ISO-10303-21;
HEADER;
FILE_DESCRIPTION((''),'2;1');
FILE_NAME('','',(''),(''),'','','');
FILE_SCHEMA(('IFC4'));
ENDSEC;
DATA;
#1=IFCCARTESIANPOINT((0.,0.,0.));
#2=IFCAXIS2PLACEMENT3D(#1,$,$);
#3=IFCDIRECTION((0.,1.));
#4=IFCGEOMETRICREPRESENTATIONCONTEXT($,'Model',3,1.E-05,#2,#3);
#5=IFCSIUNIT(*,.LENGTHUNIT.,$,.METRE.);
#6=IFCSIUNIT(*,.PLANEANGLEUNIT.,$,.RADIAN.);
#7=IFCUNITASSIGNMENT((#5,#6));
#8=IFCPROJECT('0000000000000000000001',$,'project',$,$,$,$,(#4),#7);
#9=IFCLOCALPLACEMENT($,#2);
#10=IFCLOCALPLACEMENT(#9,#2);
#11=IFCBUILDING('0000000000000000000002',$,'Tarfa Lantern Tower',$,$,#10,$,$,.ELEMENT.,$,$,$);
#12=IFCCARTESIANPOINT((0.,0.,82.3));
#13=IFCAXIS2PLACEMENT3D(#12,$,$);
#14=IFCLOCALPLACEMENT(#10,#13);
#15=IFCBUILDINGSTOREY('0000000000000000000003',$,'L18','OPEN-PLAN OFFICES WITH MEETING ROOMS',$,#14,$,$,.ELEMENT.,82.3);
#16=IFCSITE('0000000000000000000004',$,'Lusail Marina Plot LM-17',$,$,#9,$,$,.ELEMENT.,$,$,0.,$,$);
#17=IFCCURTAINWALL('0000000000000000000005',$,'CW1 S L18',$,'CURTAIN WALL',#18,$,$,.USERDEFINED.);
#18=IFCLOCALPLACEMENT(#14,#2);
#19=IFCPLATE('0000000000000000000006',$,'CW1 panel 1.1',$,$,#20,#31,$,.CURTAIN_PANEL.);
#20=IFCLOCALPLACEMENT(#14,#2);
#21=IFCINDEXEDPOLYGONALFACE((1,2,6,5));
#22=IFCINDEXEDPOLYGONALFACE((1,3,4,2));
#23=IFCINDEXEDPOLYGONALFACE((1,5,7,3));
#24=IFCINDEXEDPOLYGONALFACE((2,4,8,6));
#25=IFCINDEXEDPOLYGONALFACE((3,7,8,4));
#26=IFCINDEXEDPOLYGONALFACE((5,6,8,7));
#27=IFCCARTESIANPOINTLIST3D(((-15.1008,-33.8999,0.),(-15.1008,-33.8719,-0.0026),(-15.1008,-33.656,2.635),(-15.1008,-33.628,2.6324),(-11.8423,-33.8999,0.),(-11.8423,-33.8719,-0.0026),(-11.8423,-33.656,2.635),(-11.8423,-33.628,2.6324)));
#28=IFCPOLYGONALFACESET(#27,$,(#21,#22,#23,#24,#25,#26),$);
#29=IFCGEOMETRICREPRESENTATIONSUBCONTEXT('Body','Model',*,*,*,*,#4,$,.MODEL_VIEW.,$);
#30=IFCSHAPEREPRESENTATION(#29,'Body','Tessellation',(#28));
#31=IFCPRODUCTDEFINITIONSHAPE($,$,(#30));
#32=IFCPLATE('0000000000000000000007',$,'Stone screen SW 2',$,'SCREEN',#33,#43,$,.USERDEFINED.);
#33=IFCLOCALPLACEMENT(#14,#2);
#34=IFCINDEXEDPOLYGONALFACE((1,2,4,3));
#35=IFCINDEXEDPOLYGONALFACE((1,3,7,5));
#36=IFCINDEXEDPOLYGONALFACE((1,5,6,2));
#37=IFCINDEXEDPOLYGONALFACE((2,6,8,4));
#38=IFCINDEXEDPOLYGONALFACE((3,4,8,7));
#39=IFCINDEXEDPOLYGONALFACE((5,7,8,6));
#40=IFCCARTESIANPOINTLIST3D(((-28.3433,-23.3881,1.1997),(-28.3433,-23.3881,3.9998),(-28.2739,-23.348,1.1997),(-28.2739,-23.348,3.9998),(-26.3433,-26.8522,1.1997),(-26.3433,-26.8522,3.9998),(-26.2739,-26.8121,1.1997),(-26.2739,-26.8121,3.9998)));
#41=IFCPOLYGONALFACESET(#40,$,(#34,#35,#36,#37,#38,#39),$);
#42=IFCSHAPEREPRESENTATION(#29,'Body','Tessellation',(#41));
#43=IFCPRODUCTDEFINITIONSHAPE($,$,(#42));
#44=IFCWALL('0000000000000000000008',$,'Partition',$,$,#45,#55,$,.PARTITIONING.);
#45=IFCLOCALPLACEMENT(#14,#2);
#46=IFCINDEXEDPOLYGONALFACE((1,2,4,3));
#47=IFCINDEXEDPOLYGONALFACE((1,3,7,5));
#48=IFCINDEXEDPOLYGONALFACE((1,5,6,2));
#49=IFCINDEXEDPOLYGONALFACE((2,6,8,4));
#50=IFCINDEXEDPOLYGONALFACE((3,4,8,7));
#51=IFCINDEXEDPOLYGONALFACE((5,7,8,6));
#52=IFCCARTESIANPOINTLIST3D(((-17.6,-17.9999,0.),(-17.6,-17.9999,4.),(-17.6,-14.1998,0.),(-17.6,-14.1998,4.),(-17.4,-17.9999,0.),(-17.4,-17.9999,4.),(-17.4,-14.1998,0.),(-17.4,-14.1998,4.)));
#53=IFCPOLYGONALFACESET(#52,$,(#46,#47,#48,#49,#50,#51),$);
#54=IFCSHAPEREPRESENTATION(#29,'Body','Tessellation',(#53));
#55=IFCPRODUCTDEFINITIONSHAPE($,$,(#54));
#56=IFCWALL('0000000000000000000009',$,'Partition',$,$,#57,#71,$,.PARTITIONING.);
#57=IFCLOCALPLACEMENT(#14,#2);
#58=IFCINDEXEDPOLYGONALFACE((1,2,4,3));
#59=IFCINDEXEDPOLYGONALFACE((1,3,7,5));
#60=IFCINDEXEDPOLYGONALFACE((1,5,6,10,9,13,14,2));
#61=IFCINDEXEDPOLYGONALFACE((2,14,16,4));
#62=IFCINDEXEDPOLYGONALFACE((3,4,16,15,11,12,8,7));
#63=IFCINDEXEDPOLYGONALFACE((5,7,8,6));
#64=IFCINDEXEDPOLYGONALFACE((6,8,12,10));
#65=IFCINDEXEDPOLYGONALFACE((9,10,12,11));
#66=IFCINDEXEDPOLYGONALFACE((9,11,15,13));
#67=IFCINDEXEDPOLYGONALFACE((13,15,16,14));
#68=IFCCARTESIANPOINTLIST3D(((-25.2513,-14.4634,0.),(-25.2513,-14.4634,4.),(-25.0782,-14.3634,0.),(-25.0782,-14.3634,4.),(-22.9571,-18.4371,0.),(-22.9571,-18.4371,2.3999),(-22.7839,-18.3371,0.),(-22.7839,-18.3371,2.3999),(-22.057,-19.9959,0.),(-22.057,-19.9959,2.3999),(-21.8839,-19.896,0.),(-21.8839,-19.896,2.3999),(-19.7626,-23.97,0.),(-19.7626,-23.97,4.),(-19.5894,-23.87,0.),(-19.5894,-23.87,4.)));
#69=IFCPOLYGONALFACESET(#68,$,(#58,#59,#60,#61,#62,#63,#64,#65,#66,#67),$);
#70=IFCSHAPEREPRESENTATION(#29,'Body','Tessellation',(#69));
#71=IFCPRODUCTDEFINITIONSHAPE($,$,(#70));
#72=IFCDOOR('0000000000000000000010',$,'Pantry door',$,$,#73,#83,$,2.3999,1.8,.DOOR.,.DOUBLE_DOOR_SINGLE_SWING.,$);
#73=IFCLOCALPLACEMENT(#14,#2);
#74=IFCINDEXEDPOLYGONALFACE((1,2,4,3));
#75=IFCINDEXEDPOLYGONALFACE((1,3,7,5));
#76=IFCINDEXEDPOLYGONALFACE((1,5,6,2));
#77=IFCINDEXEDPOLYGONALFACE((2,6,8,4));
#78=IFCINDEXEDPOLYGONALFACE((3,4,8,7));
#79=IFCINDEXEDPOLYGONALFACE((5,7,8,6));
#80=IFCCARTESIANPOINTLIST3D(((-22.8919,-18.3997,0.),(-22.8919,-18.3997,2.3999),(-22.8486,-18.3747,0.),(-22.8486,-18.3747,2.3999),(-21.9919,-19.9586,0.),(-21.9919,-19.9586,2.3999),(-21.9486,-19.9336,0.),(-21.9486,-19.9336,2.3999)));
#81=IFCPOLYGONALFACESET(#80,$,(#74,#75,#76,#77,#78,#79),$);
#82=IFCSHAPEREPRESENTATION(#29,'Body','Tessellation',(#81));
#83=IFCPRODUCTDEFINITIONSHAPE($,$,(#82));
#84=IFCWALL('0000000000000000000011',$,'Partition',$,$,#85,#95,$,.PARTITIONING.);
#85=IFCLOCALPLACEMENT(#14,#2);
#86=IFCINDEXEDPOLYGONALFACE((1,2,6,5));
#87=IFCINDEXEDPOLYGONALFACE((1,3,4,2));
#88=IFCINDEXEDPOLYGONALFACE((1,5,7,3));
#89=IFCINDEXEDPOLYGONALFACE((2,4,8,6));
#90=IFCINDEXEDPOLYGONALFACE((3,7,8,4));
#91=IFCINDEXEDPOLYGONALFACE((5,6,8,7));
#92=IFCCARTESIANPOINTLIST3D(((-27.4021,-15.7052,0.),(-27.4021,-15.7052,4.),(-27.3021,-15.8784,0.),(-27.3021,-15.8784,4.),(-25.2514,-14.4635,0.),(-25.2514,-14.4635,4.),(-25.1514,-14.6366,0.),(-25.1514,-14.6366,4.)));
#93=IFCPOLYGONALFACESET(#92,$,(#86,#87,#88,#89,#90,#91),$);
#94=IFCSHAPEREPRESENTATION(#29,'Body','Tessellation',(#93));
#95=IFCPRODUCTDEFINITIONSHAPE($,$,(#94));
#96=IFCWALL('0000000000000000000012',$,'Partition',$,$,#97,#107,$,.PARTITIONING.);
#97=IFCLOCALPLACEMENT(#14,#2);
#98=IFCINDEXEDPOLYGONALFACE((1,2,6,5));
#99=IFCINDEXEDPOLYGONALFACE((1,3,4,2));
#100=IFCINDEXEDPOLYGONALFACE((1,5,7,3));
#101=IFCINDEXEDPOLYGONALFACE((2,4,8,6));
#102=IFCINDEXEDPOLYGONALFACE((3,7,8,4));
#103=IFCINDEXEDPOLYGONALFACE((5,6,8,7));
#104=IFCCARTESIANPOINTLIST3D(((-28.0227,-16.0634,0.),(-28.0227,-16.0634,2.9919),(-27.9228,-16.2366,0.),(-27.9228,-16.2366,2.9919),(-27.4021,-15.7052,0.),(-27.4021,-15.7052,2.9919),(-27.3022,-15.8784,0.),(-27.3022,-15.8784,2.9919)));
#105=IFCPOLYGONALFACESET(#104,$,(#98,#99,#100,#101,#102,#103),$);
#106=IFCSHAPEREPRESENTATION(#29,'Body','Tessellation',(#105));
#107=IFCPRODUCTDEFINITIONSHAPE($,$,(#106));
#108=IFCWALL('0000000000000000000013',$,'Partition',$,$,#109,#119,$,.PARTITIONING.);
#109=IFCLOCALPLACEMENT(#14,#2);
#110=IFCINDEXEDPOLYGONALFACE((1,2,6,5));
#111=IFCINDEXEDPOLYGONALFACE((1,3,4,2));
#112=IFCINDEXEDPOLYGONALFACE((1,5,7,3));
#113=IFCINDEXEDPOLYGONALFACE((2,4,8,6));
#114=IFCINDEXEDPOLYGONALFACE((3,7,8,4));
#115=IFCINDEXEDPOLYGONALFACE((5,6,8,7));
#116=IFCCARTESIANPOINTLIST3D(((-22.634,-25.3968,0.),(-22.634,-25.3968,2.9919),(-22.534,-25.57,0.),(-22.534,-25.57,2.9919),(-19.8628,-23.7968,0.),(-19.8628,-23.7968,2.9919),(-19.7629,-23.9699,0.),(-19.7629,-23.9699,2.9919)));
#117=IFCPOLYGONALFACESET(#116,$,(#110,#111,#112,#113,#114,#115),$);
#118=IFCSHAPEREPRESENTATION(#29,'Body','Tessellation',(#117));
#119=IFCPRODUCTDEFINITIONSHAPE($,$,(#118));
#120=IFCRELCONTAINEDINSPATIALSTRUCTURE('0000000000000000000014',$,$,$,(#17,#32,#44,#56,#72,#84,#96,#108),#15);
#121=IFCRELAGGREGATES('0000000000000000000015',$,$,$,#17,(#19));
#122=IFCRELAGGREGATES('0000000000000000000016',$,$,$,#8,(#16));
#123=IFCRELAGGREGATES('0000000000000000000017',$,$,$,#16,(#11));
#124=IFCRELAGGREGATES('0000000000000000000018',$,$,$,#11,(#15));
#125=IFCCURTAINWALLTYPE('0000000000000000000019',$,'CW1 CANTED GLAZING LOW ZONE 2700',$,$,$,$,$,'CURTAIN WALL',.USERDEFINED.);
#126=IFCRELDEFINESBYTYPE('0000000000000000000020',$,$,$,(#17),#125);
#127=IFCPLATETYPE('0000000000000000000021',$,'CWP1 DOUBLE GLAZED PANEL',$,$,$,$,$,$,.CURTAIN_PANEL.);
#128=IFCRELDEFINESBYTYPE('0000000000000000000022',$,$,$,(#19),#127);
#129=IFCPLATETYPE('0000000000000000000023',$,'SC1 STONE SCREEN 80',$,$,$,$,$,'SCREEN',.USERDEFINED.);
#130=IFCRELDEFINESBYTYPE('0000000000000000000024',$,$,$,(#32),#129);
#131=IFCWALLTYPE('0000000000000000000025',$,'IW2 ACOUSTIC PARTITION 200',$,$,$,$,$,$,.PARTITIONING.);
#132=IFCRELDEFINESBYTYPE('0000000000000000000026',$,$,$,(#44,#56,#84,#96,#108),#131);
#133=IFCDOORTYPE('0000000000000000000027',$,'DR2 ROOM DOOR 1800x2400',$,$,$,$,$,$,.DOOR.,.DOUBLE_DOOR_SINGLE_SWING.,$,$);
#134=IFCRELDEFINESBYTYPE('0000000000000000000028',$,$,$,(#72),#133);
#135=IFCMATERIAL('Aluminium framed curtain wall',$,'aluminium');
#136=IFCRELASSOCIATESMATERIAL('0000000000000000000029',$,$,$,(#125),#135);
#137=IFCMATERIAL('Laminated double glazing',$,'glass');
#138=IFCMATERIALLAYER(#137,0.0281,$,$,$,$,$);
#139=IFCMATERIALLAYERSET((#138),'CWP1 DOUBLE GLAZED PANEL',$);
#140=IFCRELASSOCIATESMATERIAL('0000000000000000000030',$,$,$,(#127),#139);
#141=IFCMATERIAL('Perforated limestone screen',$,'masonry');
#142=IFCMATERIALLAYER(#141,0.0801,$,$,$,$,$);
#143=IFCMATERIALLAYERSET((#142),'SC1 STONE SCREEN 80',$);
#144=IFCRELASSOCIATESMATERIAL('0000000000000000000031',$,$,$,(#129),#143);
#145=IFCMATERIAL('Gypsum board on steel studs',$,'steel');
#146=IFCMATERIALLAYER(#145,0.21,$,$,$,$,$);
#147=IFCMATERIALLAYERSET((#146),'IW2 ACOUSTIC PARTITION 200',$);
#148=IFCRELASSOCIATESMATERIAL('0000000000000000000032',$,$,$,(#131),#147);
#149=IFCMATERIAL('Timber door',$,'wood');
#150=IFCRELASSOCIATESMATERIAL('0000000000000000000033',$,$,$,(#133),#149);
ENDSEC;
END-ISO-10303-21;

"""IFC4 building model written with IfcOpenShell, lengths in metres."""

from ifc_helpers import new_model, si_unit, direction, frame, frame_2d, origin, origin_2d, place, context, subcontext, project, spatial, polyline, rectangle, outline, extrude, material, layer, layer_set, type_object, element, fill, aggregate, save


model = new_model("IFC4")

# Units and contexts
model_context = context("Model", 3, precision=1e-05, world=origin(), true_north=direction((0.0, 1.0)))
body_context = subcontext(model_context, "Body", "Model", "MODEL_VIEW")
ifc_project = project(units=[si_unit("LENGTHUNIT", "METRE"), si_unit("PLANEANGLEUNIT", "RADIAN")], contexts=[model_context])

# Site, building, storey
site_placement = place(None, origin())
site = spatial("IfcSite", under=ifc_project, at=site_placement, Name="Lusail Marina Plot LM-17", CompositionType="ELEMENT", RefElevation=0.0)
building_placement = place(site_placement, origin())
building = spatial("IfcBuilding", under=site, at=building_placement, Name="Tarfa Lantern Tower", CompositionType="ELEMENT")
storey_placement = place(building_placement, frame((0.0, 0.0, 82.3)))
storey = spatial("IfcBuildingStorey", under=building, at=storey_placement, Name="L18", Description="OPEN-PLAN OFFICES WITH MEETING ROOMS", CompositionType="ELEMENT", Elevation=82.3)

# Curtain wall
ifc_material_1 = material(Name="Aluminium framed curtain wall", Category="aluminium")
curtain_wall_type = type_object("IfcCurtainWallType", Name="CW1 CANTED GLAZING LOW ZONE 2700", ElementType="CURTAIN WALL", PredefinedType="USERDEFINED", material=ifc_material_1)
curtain_wall_placement = place(storey_placement, origin())
curtain_wall = element("IfcCurtainWall", 1, at=curtain_wall_placement, inside=storey, type_object=curtain_wall_type, Name="CW1 S L18", ObjectType="CURTAIN WALL", PredefinedType="USERDEFINED")

# Plates
ifc_material_2 = material(Name="Laminated double glazing", Category="glass")
ifc_layer_1 = layer(ifc_material_2, 0.0281)
ifc_layer_set_1 = layer_set([ifc_layer_1], Name="CWP1 DOUBLE GLAZED PANEL")
plate_type_1 = type_object("IfcPlateType", Name="CWP1 DOUBLE GLAZED PANEL", PredefinedType="CURTAIN_PANEL", material=ifc_layer_set_1)
plate_1_placement = place(storey_placement, frame((-15.1008, -33.8999, 0.0), z_axis=(0.0, -0.995744, 0.092166), x_axis=(1.0, 0.0, 0.0)))
plate_1 = element("IfcPlate", 2, at=plate_1_placement, type_object=plate_type_1, Name="CW1 panel 1.1", PredefinedType="CURTAIN_PANEL", context=body_context, shape_type="SweptSolid", body=[
    extrude(outline(polyline([(0.0, 0.0), (3.2585, 0.0), (3.2585, 2.6463), (0.0, 2.6463), (0.0, 0.0)])), origin(), (0.0, 0.0, -1.0), 0.0281),
])
aggregate(curtain_wall, [plate_1])
ifc_material_3 = material(Name="Perforated limestone screen", Category="masonry")
ifc_layer_2 = layer(ifc_material_3, 0.0801)
ifc_layer_set_2 = layer_set([ifc_layer_2], Name="SC1 STONE SCREEN 80")
plate_type_2 = type_object("IfcPlateType", Name="SC1 STONE SCREEN 80", ElementType="SCREEN", PredefinedType="USERDEFINED", material=ifc_layer_set_2)
plate_2_placement = place(storey_placement, frame((-27.3086, -25.1001, 1.1997), z_axis=(0.0, 0.0, 1.0), x_axis=(0.5, -0.866025, 0.0)))
element("IfcPlate", 3, at=plate_2_placement, inside=storey, type_object=plate_type_2, Name="Stone screen SW 2", ObjectType="SCREEN", PredefinedType="USERDEFINED", context=body_context, shape_type="SweptSolid", body=[
    extrude(rectangle(XDim=4.0, YDim=0.0801, at=origin_2d()), origin(), (0.0, 0.0, 1.0), 2.8),
])

# Wall
ifc_material_4 = material(Name="Gypsum board on steel studs", Category="steel")
ifc_layer_3 = layer(ifc_material_4, 0.21)
ifc_layer_set_3 = layer_set([ifc_layer_3], Name="IW2 ACOUSTIC PARTITION 200")
wall_type = type_object("IfcWallType", Name="IW2 ACOUSTIC PARTITION 200", PredefinedType="PARTITIONING", material=ifc_layer_set_3)
wall_1_placement = place(storey_placement, frame((-17.5, -14.2, 0.0), z_axis=(0.0, 0.0, 1.0), x_axis=(0.0, -1.0, 0.0)))
element("IfcWall", 4, at=wall_1_placement, inside=storey, type_object=wall_type, Name="Partition", PredefinedType="PARTITIONING", context=body_context, shape_type="SweptSolid", body=[
    extrude(rectangle(XDim=3.8, YDim=0.2, at=frame_2d((1.8999, 0.0))), origin(), (0.0, 0.0, 1.0), 4.0),
])

# Wall, opening, door
wall_2_placement = place(storey_placement, frame((-25.1648, -14.4133, 0.0), z_axis=(0.0, 0.0, 1.0), x_axis=(0.500009, -0.86602, 0.0)))
wall_2 = element("IfcWall", 5, at=wall_2_placement, inside=storey, type_object=wall_type, Name="Partition", PredefinedType="PARTITIONING", context=body_context, shape_type="SweptSolid", body=[
    extrude(rectangle(XDim=10.9773, YDim=0.2, at=frame_2d((5.4888, 0.0))), origin(), (0.0, 0.0, 1.0), 4.0),
])
opening_placement = place(wall_2_placement, frame((4.5886, 0.0, 0.0)))
opening = element("IfcOpeningElement", 6, at=opening_placement, cuts=wall_2, PredefinedType="OPENING", context=body_context, shape_type="SweptSolid", body=[
    extrude(rectangle(XDim=1.8, YDim=2.3999, at=frame_2d((0.8999, 1.2))), frame((0.0, 0.1099, 0.0), z_axis=(0.0, -1.0, 0.0), x_axis=(1.0, 0.0, 0.0)), (0.0, 0.0, 1.0), 0.22),
])
ifc_material_5 = material(Name="Timber door", Category="wood")
door_type = type_object("IfcDoorType", Name="DR2 ROOM DOOR 1800x2400", OperationType="DOUBLE_DOOR_SINGLE_SWING", PredefinedType="DOOR", material=ifc_material_5)
door_placement = place(opening_placement, frame((1.8, 0.0, 0.0), z_axis=(0.0, 0.0, 1.0), x_axis=(-1.0, 0.0, 0.0)))
door = element("IfcDoor", 7, at=door_placement, inside=storey, type_object=door_type, Name="Pantry door", OperationType="DOUBLE_DOOR_SINGLE_SWING", OverallHeight=2.3999, OverallWidth=1.8, PredefinedType="DOOR", context=body_context, shape_type="SweptSolid", body=[
    extrude(rectangle(XDim=1.8, YDim=2.3999, at=frame_2d((0.8999, 1.2))), frame((0.0, 0.0249, 0.0), z_axis=(0.0, -1.0, 0.0), x_axis=(1.0, 0.0, 0.0)), (0.0, 0.0, 1.0), 0.05),
])
fill(opening, door)

# Walls
wall_3_placement = place(storey_placement, frame((-25.2014, -14.55, 0.0), z_axis=(0.0, 0.0, 1.0), x_axis=(-0.86602, -0.500009, 0.0)))
element("IfcWall", 8, at=wall_3_placement, inside=storey, type_object=wall_type, Name="Partition", PredefinedType="PARTITIONING", context=body_context, shape_type="SweptSolid", body=[
    extrude(rectangle(XDim=2.4834, YDim=0.2, at=frame_2d((1.2417, 0.0))), origin(), (0.0, 0.0, 1.0), 4.0),
])
wall_4_placement = place(storey_placement, frame((-27.3521, -15.7917, 0.0), z_axis=(0.0, 0.0, 1.0), x_axis=(-0.866118, -0.49984, 0.0)))
element("IfcWall", 9, at=wall_4_placement, inside=storey, type_object=wall_type, Name="Partition", PredefinedType="PARTITIONING", context=body_context, shape_type="SweptSolid", body=[
    extrude(rectangle(XDim=0.7166, YDim=0.2, at=frame_2d((0.3584, 0.0))), origin(), (0.0, 0.0, 1.0), 2.9919),
])
wall_5_placement = place(storey_placement, frame((-19.8127, -23.8833, 0.0), z_axis=(0.0, 0.0, 1.0), x_axis=(-0.866009, -0.500028, 0.0)))
element("IfcWall", 10, at=wall_5_placement, inside=storey, type_object=wall_type, Name="Partition", PredefinedType="PARTITIONING", context=body_context, shape_type="SweptSolid", body=[
    extrude(rectangle(XDim=3.2, YDim=0.2, at=frame_2d((1.6001, 0.0))), origin(), (0.0, 0.0, 1.0), 2.9919),
])

save(model, "model.ifc")
